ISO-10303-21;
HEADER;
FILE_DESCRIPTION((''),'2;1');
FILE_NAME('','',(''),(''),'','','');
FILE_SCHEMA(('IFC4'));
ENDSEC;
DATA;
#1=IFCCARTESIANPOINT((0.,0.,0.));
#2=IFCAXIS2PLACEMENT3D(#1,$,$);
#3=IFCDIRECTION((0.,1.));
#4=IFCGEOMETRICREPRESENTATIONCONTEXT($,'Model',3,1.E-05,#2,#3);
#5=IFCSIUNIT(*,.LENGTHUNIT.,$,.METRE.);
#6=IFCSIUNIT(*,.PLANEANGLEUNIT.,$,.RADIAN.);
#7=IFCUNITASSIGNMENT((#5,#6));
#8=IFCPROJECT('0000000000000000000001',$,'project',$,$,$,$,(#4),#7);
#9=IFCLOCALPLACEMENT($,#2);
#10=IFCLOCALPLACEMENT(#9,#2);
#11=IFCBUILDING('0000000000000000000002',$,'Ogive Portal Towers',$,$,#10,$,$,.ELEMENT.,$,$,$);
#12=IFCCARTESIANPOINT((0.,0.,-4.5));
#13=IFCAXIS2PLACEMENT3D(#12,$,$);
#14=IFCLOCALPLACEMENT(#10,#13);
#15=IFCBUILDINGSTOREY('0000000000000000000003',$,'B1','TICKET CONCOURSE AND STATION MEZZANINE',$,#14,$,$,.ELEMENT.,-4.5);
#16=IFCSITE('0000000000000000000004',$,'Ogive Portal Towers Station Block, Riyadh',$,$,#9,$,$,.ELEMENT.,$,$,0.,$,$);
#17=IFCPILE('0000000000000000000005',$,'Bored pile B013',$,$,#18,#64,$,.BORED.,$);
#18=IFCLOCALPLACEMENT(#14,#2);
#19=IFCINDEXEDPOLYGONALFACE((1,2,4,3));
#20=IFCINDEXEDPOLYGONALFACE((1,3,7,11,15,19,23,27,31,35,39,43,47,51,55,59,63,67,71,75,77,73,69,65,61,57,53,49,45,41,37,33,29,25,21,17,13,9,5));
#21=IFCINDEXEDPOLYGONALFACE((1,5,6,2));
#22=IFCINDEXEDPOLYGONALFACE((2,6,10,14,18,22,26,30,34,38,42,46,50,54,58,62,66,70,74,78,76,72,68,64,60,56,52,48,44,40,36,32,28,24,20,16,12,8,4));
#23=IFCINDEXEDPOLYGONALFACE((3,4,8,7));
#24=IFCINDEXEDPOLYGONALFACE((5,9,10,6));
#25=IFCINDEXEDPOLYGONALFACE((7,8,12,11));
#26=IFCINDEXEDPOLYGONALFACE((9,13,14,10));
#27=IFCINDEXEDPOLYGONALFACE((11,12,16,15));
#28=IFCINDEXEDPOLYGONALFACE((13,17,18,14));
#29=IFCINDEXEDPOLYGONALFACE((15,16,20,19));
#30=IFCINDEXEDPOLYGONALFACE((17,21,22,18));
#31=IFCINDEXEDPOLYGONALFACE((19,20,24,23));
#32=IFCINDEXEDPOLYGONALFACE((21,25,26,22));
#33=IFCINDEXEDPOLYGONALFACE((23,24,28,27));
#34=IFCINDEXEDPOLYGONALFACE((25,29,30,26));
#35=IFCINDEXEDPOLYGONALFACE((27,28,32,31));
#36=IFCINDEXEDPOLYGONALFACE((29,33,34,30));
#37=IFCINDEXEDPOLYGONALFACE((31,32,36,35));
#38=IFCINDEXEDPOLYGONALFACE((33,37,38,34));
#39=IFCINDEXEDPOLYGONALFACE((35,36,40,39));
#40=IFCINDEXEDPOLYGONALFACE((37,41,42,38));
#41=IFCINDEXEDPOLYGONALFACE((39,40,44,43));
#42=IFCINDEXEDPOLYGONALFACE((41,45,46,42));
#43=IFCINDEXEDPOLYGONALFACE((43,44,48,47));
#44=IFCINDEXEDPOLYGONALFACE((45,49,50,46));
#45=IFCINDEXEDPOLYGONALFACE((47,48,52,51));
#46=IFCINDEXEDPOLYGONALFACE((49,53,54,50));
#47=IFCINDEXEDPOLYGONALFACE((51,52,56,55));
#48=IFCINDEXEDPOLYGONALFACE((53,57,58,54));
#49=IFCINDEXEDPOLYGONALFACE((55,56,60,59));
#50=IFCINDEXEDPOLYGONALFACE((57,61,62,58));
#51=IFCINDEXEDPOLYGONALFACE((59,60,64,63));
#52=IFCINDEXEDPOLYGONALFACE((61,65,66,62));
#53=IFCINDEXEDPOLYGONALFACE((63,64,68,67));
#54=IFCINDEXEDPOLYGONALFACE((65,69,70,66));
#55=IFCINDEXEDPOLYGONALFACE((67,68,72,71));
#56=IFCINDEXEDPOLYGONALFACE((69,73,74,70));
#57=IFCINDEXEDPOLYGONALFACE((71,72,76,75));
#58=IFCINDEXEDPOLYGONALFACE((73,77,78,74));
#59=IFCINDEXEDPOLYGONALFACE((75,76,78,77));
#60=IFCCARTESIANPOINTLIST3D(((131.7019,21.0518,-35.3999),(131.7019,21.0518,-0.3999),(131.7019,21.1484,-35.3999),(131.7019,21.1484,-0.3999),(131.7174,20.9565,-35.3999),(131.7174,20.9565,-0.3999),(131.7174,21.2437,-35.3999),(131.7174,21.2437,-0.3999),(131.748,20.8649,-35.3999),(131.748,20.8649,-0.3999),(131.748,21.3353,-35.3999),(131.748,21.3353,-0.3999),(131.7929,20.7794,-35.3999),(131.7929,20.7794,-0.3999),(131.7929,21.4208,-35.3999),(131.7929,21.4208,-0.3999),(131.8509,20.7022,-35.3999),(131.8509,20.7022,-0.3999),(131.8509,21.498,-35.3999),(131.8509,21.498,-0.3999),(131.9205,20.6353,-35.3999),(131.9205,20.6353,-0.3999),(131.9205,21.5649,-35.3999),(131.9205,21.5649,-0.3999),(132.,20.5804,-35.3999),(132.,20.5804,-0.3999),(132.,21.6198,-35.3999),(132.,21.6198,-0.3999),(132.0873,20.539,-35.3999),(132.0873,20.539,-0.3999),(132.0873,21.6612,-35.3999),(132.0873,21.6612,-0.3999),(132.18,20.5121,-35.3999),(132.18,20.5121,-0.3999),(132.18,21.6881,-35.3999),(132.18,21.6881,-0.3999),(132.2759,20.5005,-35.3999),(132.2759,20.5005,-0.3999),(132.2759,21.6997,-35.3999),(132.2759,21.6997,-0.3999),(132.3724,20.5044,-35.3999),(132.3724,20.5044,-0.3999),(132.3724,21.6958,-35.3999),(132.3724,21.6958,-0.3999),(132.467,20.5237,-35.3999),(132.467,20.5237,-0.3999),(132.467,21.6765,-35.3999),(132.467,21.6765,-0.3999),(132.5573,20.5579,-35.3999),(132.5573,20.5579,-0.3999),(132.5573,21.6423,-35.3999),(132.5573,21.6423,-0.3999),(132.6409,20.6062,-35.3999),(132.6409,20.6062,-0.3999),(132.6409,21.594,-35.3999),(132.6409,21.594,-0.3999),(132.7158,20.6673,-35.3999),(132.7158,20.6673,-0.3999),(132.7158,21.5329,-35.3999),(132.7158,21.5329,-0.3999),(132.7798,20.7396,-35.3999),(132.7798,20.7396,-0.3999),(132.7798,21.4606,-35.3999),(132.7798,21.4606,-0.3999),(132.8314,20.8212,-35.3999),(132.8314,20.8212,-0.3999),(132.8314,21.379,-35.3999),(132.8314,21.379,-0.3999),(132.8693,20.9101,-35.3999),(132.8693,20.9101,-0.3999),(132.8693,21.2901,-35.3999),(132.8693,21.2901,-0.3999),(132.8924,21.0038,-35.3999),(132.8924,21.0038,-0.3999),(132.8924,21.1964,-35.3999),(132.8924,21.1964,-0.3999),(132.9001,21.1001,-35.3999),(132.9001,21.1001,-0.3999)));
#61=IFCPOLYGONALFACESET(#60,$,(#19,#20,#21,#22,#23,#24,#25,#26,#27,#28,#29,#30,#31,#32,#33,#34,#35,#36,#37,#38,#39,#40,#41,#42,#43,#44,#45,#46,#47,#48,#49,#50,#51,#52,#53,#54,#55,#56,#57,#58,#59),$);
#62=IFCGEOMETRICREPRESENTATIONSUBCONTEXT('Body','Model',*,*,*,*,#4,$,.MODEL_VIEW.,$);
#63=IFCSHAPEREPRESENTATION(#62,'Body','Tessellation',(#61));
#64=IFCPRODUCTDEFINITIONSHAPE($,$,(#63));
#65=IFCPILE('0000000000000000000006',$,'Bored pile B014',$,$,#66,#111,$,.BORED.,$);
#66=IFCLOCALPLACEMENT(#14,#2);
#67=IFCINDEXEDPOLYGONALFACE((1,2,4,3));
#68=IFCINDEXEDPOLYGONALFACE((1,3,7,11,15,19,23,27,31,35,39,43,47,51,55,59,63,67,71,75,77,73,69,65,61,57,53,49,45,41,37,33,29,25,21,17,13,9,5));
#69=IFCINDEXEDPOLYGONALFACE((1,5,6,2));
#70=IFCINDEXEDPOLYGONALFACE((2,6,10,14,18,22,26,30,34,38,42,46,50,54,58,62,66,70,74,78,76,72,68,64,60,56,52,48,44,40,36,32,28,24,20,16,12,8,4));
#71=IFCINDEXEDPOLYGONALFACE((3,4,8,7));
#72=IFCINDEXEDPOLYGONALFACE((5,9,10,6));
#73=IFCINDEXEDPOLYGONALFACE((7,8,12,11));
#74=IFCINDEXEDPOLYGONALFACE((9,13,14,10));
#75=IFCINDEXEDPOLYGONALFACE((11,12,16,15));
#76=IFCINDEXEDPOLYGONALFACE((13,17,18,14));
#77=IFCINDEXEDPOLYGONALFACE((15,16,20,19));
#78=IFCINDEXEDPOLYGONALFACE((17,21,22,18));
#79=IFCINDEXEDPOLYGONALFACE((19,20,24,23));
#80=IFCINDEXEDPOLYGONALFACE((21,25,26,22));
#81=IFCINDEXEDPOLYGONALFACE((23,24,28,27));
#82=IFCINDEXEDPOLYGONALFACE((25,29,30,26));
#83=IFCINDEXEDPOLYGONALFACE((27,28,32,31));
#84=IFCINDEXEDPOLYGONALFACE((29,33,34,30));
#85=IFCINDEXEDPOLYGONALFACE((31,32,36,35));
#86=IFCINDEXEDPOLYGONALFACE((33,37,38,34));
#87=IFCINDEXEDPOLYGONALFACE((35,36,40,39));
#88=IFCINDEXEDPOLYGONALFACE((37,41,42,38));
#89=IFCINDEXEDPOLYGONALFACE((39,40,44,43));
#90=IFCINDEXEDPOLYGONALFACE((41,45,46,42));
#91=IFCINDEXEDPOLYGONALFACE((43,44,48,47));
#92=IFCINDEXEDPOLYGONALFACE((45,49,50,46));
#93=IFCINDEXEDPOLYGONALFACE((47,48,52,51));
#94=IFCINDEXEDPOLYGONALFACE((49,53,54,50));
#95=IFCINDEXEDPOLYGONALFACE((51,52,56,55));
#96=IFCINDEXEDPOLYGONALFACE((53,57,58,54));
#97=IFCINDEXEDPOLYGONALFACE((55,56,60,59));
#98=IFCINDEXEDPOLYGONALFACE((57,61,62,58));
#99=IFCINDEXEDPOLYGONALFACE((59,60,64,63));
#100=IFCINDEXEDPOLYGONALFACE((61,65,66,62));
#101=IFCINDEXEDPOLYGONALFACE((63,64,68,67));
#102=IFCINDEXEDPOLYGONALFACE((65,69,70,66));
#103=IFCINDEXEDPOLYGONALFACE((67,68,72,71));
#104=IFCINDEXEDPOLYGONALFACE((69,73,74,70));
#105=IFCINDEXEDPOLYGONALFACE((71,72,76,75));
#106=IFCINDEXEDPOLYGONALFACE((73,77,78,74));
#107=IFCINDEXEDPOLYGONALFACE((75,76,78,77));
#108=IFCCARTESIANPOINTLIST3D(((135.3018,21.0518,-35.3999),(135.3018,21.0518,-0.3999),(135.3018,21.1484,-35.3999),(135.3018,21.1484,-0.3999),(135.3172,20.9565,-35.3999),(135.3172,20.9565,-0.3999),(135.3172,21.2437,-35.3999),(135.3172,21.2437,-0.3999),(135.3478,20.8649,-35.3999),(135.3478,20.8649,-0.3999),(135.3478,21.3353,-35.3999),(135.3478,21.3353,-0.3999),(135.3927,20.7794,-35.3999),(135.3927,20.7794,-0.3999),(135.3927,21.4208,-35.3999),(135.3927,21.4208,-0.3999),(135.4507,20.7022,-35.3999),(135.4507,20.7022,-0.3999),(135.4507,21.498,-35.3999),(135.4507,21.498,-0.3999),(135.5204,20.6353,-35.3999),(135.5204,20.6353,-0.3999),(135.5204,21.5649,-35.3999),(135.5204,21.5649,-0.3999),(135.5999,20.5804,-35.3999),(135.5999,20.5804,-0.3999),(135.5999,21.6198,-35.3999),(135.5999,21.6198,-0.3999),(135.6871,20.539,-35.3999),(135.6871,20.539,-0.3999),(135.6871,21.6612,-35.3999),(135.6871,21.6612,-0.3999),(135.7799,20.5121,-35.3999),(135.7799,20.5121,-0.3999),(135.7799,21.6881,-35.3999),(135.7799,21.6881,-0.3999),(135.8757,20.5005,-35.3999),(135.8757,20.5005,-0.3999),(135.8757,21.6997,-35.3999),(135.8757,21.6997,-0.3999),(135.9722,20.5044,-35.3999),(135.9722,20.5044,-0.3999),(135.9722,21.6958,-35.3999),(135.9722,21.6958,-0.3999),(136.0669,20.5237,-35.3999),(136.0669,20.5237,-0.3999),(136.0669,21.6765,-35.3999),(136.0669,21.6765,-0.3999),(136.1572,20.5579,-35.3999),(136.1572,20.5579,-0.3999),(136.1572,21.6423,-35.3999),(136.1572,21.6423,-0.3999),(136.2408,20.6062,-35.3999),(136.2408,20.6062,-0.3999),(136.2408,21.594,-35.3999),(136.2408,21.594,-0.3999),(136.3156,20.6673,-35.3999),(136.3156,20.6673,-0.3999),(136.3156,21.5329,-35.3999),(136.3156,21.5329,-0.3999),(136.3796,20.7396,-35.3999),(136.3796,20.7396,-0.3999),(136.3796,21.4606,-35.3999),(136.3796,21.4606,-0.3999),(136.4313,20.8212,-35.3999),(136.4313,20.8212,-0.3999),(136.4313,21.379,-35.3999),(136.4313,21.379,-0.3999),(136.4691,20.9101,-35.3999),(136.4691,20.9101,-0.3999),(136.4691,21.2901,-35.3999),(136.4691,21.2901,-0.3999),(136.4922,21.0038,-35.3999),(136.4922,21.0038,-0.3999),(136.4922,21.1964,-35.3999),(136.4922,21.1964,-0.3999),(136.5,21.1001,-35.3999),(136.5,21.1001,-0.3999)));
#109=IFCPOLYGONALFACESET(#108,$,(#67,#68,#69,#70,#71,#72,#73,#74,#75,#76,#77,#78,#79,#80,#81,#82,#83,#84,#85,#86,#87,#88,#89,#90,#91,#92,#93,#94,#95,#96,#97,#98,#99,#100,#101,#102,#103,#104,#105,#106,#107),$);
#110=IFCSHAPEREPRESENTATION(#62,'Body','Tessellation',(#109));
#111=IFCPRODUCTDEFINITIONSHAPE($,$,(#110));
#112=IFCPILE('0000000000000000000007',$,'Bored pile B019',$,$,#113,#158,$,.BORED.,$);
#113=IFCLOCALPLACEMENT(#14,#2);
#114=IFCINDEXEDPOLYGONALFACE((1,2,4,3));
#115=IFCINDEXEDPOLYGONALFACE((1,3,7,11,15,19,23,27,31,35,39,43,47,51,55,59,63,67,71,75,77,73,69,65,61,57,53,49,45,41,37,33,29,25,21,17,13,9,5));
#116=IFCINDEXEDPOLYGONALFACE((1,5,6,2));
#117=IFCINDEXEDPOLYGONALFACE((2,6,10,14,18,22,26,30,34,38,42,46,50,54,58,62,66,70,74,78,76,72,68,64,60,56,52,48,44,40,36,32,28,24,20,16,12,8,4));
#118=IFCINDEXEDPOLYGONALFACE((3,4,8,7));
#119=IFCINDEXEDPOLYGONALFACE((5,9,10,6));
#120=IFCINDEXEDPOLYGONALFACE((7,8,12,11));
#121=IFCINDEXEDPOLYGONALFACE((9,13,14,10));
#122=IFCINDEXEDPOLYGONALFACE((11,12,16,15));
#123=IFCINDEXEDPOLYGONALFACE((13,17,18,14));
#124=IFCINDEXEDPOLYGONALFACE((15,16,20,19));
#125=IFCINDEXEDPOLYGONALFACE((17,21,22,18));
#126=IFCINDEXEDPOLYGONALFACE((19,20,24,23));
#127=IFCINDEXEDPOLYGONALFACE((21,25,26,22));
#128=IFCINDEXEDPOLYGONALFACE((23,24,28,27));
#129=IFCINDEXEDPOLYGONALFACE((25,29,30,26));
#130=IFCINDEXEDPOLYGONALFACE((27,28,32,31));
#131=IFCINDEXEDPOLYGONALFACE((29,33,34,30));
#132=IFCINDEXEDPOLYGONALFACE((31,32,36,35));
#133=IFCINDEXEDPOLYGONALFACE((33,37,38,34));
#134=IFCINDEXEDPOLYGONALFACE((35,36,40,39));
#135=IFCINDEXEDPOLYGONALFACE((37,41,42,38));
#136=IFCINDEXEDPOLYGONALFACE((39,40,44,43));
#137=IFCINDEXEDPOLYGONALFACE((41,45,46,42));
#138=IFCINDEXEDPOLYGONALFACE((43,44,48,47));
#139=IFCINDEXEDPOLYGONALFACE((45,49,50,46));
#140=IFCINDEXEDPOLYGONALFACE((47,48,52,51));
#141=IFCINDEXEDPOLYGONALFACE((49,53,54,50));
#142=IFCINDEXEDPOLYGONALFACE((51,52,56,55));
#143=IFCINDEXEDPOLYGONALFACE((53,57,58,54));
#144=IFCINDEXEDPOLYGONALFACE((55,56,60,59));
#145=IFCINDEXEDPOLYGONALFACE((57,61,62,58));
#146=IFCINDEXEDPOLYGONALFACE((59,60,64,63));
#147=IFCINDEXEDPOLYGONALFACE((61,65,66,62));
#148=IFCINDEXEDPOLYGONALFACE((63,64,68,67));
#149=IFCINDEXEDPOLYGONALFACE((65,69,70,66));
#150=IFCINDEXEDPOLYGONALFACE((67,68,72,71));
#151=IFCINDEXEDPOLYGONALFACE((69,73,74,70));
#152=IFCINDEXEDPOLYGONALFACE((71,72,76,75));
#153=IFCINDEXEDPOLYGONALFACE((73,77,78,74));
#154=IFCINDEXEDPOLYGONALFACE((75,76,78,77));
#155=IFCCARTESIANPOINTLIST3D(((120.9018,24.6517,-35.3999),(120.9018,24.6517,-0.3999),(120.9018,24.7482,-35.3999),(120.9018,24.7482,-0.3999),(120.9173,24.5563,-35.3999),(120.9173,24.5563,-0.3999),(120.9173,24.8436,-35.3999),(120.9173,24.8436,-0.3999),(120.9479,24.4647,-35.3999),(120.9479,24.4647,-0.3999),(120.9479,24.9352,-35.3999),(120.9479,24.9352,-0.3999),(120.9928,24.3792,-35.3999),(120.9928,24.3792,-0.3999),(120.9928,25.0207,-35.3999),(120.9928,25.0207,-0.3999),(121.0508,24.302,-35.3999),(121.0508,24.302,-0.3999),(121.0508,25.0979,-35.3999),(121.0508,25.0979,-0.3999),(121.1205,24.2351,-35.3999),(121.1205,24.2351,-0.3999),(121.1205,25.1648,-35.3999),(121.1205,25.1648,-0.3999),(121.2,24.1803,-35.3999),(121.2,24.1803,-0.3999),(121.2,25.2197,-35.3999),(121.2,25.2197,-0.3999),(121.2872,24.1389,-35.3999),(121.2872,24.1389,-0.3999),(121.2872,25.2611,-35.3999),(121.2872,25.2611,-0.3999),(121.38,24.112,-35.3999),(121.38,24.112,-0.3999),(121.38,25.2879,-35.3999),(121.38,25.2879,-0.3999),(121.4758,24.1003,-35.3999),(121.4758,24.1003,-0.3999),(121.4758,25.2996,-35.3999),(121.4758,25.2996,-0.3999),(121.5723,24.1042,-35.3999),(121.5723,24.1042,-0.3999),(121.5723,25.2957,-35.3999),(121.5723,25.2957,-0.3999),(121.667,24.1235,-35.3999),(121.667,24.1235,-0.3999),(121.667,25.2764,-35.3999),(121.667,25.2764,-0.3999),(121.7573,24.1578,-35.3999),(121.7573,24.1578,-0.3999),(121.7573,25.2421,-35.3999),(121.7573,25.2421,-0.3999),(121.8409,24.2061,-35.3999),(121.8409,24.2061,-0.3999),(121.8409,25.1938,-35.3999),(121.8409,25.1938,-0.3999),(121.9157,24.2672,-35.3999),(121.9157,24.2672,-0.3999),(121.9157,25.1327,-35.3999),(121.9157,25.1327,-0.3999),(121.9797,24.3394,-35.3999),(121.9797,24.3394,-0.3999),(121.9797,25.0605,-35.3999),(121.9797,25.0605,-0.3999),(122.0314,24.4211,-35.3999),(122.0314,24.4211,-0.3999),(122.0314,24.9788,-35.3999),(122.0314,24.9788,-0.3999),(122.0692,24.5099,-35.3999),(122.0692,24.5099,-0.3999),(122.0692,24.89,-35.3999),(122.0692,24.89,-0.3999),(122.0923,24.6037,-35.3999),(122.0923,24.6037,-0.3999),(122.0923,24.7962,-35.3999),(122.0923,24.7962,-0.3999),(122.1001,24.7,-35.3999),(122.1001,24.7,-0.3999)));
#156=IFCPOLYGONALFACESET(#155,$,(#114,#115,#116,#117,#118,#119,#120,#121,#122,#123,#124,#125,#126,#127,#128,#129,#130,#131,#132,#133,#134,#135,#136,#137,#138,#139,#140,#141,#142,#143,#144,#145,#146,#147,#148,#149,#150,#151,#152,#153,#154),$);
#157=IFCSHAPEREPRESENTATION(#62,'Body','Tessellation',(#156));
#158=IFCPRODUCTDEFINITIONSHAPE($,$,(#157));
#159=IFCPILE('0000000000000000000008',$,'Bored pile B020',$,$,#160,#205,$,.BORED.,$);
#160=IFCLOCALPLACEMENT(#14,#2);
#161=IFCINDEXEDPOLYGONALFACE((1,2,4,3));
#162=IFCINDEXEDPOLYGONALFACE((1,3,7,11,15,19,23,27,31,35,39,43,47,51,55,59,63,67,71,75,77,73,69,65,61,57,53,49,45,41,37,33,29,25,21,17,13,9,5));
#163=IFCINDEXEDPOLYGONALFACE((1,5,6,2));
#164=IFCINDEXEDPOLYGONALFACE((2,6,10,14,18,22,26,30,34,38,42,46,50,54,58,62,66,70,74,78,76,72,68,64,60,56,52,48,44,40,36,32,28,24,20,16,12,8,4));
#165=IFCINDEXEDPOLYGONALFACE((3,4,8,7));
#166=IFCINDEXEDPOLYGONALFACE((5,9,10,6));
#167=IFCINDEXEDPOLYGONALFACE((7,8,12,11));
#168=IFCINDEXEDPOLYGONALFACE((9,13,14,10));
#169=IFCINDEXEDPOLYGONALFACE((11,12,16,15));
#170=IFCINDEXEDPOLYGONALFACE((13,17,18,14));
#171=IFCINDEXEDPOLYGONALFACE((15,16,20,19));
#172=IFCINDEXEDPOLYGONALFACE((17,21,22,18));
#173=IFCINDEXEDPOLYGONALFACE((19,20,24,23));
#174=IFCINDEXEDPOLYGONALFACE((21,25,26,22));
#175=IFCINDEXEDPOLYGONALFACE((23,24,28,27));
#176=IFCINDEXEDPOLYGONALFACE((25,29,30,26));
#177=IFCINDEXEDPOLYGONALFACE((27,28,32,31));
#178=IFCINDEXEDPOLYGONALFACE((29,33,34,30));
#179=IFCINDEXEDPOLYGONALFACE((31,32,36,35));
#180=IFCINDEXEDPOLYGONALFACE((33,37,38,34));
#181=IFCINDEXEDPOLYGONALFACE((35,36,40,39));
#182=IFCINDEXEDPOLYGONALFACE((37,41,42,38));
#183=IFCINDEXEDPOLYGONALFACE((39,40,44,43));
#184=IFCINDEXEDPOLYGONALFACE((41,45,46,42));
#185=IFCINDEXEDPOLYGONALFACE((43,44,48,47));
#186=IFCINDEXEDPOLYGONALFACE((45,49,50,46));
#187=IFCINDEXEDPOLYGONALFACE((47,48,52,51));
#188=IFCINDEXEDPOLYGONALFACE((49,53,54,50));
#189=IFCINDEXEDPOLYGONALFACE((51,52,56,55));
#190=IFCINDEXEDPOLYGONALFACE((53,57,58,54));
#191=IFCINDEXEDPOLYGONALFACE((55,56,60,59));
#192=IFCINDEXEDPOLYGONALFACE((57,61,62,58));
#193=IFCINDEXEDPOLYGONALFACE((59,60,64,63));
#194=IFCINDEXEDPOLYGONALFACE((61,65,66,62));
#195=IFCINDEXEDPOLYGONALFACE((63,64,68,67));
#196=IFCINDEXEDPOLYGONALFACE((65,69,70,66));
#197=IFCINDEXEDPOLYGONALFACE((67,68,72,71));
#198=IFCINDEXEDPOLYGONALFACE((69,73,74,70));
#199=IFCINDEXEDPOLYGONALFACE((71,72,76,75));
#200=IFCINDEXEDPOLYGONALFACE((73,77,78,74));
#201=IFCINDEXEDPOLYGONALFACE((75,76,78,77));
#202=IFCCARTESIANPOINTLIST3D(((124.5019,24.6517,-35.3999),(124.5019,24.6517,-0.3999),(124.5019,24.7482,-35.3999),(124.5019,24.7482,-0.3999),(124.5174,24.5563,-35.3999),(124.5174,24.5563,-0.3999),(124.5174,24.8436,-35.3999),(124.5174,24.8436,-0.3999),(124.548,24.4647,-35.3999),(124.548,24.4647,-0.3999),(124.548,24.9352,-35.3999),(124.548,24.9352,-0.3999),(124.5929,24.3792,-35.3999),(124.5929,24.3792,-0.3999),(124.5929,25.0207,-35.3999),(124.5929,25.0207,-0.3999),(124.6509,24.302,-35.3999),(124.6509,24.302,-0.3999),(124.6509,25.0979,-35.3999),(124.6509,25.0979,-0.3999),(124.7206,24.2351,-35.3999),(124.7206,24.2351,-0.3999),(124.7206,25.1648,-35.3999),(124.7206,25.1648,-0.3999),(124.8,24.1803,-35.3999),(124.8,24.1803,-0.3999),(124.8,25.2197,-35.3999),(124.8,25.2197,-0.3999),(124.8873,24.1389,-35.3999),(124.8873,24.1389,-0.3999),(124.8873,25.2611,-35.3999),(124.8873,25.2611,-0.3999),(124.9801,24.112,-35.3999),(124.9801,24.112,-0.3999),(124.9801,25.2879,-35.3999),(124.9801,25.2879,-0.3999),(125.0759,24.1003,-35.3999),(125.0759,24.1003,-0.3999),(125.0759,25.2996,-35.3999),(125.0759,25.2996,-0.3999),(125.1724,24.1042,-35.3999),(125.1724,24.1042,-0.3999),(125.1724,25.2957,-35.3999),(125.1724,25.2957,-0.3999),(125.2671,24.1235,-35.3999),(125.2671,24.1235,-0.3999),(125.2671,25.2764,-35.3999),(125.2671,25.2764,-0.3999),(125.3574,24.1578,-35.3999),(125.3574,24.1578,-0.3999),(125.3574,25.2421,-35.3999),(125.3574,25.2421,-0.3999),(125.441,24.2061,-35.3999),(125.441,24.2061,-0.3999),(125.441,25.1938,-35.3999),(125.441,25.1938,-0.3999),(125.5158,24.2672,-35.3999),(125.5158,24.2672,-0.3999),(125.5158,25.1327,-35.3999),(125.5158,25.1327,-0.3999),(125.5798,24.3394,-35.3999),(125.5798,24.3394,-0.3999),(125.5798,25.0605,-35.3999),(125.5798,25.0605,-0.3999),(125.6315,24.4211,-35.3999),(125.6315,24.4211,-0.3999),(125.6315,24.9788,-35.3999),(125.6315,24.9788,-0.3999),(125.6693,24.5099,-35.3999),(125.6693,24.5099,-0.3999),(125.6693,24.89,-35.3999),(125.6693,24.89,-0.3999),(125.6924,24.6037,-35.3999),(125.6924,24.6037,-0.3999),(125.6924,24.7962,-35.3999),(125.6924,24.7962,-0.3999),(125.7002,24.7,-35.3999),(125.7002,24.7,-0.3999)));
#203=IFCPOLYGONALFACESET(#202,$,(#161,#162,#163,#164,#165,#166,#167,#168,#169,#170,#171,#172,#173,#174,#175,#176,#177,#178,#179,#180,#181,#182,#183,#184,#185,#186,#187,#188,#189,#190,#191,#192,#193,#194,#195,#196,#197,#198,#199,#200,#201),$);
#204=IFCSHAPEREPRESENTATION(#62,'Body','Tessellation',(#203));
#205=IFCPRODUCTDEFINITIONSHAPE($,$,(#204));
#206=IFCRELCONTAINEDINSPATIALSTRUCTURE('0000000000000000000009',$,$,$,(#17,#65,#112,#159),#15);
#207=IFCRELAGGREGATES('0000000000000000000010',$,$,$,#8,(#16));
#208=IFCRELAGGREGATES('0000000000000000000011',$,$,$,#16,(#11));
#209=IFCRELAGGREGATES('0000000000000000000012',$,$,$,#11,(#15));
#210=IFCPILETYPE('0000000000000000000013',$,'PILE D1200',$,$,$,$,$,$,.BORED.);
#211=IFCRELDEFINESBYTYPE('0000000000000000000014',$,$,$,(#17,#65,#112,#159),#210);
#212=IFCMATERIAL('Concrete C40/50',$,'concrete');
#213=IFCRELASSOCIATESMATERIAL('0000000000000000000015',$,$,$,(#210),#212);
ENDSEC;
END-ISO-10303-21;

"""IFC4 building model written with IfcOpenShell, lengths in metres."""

from ifc_helpers import new_model, si_unit, direction, frame, origin, origin_2d, place, context, subcontext, project, spatial, circle, extrude, material, material_profile, profile_set, type_object, element, save


model = new_model("IFC4")

# Units and contexts
model_context = context("Model", 3, precision=1e-05, world=origin(), true_north=direction((0.0, 1.0)))
body_context = subcontext(model_context, "Body", "Model", "MODEL_VIEW")
ifc_project = project(units=[si_unit("LENGTHUNIT", "METRE"), si_unit("PLANEANGLEUNIT", "RADIAN")], contexts=[model_context])

# Site, building, storey
site_placement = place(None, origin())
site = spatial("IfcSite", under=ifc_project, at=site_placement, Name="Ogive Portal Towers Station Block, Riyadh", CompositionType="ELEMENT", RefElevation=0.0)
building_placement = place(site_placement, origin())
building = spatial("IfcBuilding", under=site, at=building_placement, Name="Ogive Portal Towers", CompositionType="ELEMENT")
storey_placement = place(building_placement, frame((0.0, 0.0, -4.5)))
storey = spatial("IfcBuildingStorey", under=building, at=storey_placement, Name="B1", Description="TICKET CONCOURSE AND STATION MEZZANINE", CompositionType="ELEMENT", Elevation=-4.5)

# Piles
ifc_material_1 = material(Name="Concrete C40/50", Category="concrete")
ifc_material_profile_1 = material_profile(ifc_material_1, circle(Radius=0.6001, at=origin_2d()), Name="PILE D1200")
ifc_profile_set_1 = profile_set([ifc_material_profile_1], Name="Concrete C40/50")
pile_type = type_object("IfcPileType", Name="PILE D1200", PredefinedType="BORED", material=ifc_profile_set_1)
for number, where, z_axis, x_axis, name in (
    (1, (132.3, 21.1001, -0.3999), (0.0, 0.0, -1.0), (1.0, 0.0, 0.0), "Bored pile B013"),
    (2, (135.8999, 21.1001, -0.3999), (0.0, 0.0, -1.0), (1.0, 0.0, 0.0), "Bored pile B014"),
    (3, (121.5, 24.7, -0.3999), (0.0, 0.0, -1.0), (1.0, 0.0, 0.0), "Bored pile B019"),
    (4, (125.1001, 24.7, -0.3999), (0.0, 0.0, -1.0), (1.0, 0.0, 0.0), "Bored pile B020"),
):
    element("IfcPile", number, at=place(storey_placement, frame(where, z_axis=z_axis, x_axis=x_axis)), inside=storey, type_object=pile_type, Name=name, PredefinedType="BORED", context=body_context, shape_type="SweptSolid", body=[
        extrude(circle(Radius=0.6001, at=origin_2d()), origin(), (0.0, 0.0, 1.0), 35.0),
    ])

save(model, "model.ifc")
